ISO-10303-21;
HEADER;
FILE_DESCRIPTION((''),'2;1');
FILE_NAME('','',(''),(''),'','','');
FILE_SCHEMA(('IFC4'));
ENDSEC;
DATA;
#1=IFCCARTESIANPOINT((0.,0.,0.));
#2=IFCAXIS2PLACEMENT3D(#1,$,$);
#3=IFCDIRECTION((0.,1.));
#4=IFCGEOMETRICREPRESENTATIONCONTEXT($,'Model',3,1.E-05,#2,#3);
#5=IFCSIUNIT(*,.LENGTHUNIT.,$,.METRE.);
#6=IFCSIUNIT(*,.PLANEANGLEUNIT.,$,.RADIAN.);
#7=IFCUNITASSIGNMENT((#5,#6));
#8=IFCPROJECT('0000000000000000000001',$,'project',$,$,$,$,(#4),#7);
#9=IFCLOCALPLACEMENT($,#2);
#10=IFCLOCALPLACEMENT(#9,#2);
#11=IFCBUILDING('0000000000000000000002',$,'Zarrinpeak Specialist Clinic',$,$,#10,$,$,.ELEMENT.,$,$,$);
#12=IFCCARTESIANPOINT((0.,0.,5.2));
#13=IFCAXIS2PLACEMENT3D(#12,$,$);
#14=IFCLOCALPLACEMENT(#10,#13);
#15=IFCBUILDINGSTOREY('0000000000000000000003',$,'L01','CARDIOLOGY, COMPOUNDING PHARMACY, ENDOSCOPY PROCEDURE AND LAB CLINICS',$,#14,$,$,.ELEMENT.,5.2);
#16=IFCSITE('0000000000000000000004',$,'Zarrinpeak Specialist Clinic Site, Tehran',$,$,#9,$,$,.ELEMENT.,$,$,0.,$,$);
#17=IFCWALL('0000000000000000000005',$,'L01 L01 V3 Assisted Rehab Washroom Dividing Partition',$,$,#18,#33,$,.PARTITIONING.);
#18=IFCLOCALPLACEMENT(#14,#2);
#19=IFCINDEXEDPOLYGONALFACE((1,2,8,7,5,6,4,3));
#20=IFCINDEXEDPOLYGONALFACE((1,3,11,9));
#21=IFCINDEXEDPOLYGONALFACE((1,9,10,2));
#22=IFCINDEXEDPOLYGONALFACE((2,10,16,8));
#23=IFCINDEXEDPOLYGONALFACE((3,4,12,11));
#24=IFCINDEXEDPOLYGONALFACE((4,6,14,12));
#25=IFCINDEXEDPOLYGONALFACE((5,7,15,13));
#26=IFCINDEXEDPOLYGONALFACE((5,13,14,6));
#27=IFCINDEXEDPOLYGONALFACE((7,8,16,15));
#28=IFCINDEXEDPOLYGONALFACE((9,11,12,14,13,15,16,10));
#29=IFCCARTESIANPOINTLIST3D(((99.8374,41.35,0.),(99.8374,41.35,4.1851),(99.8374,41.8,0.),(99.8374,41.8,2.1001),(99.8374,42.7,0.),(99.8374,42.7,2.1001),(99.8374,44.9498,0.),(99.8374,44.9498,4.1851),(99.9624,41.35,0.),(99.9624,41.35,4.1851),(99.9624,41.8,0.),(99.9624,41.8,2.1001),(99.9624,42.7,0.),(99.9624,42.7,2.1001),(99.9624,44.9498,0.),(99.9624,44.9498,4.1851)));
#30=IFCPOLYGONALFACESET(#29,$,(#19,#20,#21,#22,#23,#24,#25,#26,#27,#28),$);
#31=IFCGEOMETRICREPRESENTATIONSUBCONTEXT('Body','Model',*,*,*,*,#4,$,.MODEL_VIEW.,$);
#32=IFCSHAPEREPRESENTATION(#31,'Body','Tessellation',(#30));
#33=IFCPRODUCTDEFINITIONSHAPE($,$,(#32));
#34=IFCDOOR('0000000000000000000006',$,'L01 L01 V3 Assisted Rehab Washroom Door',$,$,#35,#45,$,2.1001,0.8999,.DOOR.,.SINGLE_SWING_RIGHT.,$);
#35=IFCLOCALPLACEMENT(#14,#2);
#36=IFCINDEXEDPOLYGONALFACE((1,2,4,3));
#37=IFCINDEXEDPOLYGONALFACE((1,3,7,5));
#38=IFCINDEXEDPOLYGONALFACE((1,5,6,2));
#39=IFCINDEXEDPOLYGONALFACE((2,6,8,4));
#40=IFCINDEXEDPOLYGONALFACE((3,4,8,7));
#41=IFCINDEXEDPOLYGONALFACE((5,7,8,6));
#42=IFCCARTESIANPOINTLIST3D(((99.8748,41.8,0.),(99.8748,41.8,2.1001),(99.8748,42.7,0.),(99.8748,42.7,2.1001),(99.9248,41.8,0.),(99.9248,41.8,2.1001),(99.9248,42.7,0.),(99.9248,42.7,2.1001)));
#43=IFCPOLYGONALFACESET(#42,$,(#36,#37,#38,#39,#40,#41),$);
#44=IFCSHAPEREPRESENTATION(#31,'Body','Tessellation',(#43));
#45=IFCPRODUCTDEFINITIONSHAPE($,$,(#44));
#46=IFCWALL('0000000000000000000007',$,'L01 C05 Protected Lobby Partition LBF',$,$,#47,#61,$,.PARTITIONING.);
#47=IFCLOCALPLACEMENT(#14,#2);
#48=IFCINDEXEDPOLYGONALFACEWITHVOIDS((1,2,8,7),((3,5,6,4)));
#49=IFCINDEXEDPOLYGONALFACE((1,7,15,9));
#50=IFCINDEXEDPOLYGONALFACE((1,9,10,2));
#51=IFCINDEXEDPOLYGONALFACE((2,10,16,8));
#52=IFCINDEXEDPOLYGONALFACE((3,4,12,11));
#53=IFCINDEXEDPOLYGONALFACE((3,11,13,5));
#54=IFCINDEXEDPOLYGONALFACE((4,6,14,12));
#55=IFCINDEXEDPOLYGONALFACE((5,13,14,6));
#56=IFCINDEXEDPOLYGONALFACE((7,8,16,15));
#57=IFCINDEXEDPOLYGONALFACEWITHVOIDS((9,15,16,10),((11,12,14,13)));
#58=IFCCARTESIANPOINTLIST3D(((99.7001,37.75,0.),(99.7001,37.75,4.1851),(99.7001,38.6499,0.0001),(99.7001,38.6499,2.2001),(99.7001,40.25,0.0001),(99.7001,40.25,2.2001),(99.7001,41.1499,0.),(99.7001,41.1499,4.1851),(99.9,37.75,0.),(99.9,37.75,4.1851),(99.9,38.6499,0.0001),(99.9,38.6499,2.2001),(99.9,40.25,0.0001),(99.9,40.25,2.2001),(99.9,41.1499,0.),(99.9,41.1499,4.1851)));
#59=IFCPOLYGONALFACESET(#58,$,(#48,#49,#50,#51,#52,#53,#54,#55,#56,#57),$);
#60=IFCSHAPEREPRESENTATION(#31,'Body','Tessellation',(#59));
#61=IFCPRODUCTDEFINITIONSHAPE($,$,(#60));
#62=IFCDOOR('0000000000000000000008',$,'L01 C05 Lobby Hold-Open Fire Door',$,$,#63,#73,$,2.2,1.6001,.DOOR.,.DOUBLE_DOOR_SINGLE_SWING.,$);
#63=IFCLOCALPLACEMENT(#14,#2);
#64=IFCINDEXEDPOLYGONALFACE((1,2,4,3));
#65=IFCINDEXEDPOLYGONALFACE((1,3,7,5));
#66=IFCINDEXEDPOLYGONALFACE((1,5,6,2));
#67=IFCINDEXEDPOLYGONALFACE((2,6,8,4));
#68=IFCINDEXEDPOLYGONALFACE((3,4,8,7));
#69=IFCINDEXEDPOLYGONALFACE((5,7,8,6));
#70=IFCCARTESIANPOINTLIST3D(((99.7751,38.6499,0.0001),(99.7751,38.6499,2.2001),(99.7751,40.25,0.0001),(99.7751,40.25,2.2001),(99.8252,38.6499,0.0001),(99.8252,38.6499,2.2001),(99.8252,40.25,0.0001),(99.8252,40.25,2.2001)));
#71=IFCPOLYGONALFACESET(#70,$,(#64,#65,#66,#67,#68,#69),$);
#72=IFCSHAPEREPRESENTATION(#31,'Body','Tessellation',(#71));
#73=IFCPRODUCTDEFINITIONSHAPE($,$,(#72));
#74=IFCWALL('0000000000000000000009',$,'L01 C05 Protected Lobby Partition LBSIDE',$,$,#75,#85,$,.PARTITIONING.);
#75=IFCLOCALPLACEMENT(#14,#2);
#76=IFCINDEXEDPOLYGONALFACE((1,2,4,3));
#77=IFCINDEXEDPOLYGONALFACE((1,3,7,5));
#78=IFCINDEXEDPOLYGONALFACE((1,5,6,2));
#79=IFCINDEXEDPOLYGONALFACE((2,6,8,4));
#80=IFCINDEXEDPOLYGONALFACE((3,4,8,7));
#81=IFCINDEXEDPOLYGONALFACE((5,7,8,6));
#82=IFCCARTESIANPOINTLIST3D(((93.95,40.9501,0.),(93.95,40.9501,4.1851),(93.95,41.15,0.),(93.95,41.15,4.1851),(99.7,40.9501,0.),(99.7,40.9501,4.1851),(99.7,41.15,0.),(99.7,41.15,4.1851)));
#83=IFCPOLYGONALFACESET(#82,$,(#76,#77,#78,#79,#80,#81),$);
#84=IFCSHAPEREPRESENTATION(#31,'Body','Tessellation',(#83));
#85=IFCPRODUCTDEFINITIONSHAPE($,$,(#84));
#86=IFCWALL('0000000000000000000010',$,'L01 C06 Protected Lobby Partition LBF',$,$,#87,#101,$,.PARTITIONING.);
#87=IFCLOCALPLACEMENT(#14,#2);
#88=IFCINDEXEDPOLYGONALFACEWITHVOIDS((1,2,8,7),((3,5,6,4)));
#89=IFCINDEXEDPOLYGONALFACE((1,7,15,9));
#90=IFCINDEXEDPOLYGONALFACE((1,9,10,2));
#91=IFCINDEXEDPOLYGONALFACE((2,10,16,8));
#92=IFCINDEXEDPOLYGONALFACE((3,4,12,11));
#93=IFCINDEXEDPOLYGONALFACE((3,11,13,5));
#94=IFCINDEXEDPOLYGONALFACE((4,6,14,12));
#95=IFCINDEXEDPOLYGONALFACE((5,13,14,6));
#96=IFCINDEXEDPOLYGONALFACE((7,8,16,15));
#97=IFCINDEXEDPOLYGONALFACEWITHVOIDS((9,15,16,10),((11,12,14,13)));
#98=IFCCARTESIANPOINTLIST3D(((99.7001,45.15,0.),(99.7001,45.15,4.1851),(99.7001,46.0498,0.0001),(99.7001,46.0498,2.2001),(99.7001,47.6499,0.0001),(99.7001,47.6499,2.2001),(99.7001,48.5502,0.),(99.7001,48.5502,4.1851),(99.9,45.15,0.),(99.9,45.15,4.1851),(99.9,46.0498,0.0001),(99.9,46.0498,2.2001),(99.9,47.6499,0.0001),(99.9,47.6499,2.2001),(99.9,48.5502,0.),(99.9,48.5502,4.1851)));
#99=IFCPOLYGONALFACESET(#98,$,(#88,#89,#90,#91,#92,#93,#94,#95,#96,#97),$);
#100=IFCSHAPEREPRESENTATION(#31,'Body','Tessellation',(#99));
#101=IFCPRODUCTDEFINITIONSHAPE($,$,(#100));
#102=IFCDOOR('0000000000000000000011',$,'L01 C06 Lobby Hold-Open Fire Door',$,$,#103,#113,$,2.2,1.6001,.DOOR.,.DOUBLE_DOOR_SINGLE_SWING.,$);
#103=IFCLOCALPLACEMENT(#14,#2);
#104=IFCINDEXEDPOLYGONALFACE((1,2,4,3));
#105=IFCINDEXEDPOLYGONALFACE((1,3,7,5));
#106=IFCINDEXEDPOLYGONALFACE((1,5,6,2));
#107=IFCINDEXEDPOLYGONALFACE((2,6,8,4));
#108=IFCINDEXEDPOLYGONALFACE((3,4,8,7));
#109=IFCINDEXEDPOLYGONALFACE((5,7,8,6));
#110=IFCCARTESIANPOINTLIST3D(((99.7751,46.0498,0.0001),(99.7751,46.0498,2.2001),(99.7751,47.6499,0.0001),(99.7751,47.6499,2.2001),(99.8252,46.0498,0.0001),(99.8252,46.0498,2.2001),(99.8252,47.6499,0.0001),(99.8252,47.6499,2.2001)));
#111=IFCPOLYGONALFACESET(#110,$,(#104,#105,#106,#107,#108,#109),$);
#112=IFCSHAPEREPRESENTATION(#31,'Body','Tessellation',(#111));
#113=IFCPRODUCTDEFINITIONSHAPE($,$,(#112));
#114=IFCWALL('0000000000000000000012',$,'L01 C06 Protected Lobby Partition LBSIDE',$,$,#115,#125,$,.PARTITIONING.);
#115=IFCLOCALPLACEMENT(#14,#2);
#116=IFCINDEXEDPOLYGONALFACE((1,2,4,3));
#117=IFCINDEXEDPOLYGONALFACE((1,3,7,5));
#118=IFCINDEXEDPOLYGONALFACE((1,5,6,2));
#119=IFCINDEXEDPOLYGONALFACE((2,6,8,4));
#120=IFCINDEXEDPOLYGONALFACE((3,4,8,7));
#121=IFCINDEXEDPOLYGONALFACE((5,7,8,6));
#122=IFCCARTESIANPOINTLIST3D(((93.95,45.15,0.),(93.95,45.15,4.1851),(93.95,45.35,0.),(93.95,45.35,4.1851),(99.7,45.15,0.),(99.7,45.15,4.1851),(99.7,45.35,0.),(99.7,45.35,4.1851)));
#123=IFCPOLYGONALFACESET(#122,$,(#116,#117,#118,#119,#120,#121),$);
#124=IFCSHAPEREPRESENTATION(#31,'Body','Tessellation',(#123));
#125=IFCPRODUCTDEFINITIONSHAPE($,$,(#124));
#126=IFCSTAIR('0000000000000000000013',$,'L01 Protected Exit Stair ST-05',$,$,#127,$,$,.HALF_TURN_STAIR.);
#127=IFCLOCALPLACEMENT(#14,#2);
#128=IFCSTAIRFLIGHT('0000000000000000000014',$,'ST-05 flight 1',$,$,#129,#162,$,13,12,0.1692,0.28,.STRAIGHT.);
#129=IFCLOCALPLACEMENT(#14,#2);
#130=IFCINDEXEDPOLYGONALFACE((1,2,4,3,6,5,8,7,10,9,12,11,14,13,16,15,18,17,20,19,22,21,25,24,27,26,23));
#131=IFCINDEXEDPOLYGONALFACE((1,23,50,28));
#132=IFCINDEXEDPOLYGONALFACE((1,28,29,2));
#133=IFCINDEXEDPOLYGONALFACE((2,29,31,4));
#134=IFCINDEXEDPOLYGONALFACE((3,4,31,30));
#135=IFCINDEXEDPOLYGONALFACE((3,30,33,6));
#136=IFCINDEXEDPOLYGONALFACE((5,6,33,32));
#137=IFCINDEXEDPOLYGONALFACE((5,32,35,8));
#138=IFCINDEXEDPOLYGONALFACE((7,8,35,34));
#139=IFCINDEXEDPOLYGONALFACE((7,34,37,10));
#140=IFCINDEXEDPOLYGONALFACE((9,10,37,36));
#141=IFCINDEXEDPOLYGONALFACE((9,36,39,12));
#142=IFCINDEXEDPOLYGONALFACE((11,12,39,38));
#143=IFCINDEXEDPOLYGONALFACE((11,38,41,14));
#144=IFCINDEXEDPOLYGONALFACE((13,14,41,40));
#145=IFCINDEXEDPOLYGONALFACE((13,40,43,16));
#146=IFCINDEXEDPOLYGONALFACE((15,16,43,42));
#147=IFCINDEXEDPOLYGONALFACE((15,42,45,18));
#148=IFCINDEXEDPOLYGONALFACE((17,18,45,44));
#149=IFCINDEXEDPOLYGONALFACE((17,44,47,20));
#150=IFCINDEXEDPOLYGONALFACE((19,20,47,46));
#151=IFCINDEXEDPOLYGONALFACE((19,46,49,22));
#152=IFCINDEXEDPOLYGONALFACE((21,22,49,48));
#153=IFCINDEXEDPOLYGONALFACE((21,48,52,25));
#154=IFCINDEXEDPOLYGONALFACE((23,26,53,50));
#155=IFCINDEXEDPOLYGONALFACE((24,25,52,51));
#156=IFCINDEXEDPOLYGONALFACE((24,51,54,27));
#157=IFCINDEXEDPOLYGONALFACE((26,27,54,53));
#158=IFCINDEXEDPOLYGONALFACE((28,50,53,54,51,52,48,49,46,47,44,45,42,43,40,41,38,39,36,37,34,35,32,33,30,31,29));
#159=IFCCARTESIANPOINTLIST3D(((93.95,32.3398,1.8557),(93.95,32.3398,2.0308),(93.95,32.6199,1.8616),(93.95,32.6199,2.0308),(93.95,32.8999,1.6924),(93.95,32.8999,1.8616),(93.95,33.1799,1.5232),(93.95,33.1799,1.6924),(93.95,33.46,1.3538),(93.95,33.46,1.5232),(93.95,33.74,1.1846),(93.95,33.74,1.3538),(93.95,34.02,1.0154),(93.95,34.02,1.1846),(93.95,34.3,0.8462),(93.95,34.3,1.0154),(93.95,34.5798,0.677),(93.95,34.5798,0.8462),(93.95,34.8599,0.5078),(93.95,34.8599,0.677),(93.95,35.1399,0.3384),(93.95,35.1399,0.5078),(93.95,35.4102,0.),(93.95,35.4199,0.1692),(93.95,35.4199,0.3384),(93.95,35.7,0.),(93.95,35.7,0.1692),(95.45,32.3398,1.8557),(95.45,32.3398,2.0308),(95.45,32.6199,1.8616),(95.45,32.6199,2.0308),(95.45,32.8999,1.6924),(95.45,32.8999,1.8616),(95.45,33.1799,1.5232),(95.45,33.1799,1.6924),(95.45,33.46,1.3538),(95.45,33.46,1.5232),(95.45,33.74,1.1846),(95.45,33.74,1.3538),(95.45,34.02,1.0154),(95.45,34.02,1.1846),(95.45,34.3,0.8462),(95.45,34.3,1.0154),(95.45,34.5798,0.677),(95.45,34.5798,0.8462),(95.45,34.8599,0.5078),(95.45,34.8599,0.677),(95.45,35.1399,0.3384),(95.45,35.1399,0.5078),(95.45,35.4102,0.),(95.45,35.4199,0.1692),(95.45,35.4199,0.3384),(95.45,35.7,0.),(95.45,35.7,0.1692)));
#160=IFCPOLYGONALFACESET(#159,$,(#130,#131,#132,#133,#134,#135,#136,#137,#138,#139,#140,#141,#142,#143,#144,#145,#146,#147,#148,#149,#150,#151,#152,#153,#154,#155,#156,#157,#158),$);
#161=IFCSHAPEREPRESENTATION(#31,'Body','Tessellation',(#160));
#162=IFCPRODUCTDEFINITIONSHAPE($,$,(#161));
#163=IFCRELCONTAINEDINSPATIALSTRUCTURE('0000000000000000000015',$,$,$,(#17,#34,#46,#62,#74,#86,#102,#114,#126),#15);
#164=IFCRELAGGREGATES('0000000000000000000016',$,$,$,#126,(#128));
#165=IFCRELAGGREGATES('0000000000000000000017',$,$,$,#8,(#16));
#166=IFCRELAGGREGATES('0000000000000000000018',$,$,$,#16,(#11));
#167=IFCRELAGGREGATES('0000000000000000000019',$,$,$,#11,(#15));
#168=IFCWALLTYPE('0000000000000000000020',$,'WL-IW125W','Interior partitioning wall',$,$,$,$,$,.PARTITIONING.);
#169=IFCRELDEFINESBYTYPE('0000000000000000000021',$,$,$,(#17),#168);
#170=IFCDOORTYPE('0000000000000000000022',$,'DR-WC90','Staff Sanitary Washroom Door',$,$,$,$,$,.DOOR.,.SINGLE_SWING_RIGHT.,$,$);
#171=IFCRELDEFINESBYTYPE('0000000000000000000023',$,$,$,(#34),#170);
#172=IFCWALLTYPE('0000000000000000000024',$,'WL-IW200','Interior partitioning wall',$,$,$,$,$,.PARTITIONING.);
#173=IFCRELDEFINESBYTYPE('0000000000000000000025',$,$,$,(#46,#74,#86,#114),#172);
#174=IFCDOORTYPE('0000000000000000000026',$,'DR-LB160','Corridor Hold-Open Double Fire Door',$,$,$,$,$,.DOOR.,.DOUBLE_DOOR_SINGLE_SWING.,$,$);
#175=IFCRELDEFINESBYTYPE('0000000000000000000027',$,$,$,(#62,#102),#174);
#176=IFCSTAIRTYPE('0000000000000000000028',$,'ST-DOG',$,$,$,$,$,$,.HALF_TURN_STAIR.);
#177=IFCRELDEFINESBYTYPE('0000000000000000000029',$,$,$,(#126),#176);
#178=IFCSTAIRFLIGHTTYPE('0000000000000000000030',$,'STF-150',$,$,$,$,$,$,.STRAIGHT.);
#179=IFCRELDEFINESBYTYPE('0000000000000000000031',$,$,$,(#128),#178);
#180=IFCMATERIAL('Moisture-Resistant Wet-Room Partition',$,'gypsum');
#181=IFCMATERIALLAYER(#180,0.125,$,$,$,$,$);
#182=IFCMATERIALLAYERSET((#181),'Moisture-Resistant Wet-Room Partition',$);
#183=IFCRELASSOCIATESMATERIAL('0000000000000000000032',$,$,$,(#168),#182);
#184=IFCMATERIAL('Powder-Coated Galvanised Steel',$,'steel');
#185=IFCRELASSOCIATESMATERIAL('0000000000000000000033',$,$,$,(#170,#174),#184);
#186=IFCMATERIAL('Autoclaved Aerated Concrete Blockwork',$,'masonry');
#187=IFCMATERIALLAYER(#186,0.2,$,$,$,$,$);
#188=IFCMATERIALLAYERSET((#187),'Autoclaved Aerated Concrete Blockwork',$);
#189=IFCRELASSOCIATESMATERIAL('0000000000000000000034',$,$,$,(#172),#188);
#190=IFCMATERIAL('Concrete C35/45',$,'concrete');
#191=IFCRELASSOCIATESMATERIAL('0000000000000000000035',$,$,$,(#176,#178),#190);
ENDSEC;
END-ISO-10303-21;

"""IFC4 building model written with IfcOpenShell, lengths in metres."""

from ifc_helpers import new_model, si_unit, direction, frame, frame_2d, origin, place, context, subcontext, project, spatial, polyline, rectangle, outline, extrude, material, layer, layer_set, type_object, element, fill, aggregate, save


model = new_model("IFC4")

# Units and contexts
model_context = context("Model", 3, precision=1e-05, world=origin(), true_north=direction((0.0, 1.0)))
body_context = subcontext(model_context, "Body", "Model", "MODEL_VIEW")
ifc_project = project(units=[si_unit("LENGTHUNIT", "METRE"), si_unit("PLANEANGLEUNIT", "RADIAN")], contexts=[model_context])

# Site, building, storey
site_placement = place(None, origin())
site = spatial("IfcSite", under=ifc_project, at=site_placement, Name="Zarrinpeak Specialist Clinic Site, Tehran", CompositionType="ELEMENT", RefElevation=0.0)
building_placement = place(site_placement, origin())
building = spatial("IfcBuilding", under=site, at=building_placement, Name="Zarrinpeak Specialist Clinic", CompositionType="ELEMENT")
storey_placement = place(building_placement, frame((0.0, 0.0, 5.2)))
storey = spatial("IfcBuildingStorey", under=building, at=storey_placement, Name="L01", Description="CARDIOLOGY, COMPOUNDING PHARMACY, ENDOSCOPY PROCEDURE AND LAB CLINICS", CompositionType="ELEMENT", Elevation=5.2)

# Shared definitions
ifc_material_1 = material(Name="Powder-Coated Galvanised Steel", Category="steel")

# Shared definitions
ifc_material_2 = material(Name="Moisture-Resistant Wet-Room Partition", Category="gypsum")
ifc_layer_1 = layer(ifc_material_2, 0.125)
ifc_layer_set_1 = layer_set([ifc_layer_1], Name="Moisture-Resistant Wet-Room Partition")
wall_type_1 = type_object("IfcWallType", Name="WL-IW125W", Description="Interior partitioning wall", PredefinedType="PARTITIONING", material=ifc_layer_set_1)

# Walls, openings, doors
wall_1_placement = place(storey_placement, frame((99.8999, 41.3501, 0.0), z_axis=(0.0, 0.0, 1.0), x_axis=(0.0, 1.0, 0.0)))
wall_1 = element("IfcWall", 1, at=wall_1_placement, inside=storey, type_object=wall_type_1, Name="L01 L01 V3 Assisted Rehab Washroom Dividing Partition", PredefinedType="PARTITIONING", context=body_context, shape_type="SweptSolid", body=[
    extrude(rectangle(XDim=3.5999, YDim=0.125, at=frame_2d((1.7998, 0.0))), origin(), (0.0, 0.0, 1.0), 4.1851),
])
opening_1_placement = place(wall_1_placement, frame((0.45, 0.0, 0.0)))
opening_1 = element("IfcOpeningElement", 2, at=opening_1_placement, cuts=wall_1, PredefinedType="OPENING", context=body_context, shape_type="SweptSolid", body=[
    extrude(rectangle(XDim=0.8999, YDim=2.1001, at=frame_2d((0.45, 1.05))), frame((0.0, 0.0725, 0.0), z_axis=(0.0, -1.0, 0.0), x_axis=(1.0, 0.0, 0.0)), (0.0, 0.0, 1.0), 0.145),
])
door_type_1 = type_object("IfcDoorType", Name="DR-WC90", Description="Staff Sanitary Washroom Door", OperationType="SINGLE_SWING_RIGHT", PredefinedType="DOOR", material=ifc_material_1)
door_1_placement = place(opening_1_placement, frame((0.8999, 0.0, 0.0), z_axis=(0.0, 0.0, 1.0), x_axis=(-1.0, 0.0, 0.0)))
door_1 = element("IfcDoor", 3, at=door_1_placement, inside=storey, type_object=door_type_1, Name="L01 L01 V3 Assisted Rehab Washroom Door", OperationType="SINGLE_SWING_RIGHT", OverallHeight=2.1001, OverallWidth=0.8999, PredefinedType="DOOR", context=body_context, shape_type="SweptSolid", body=[
    extrude(rectangle(XDim=0.8999, YDim=2.1001, at=frame_2d((0.45, 1.05))), frame((0.0, 0.0249, 0.0), z_axis=(0.0, -1.0, 0.0), x_axis=(1.0, 0.0, 0.0)), (0.0, 0.0, 1.0), 0.05),
])
fill(opening_1, door_1)
ifc_material_3 = material(Name="Autoclaved Aerated Concrete Blockwork", Category="masonry")
ifc_layer_2 = layer(ifc_material_3, 0.2)
ifc_layer_set_2 = layer_set([ifc_layer_2], Name="Autoclaved Aerated Concrete Blockwork")
wall_type_2 = type_object("IfcWallType", Name="WL-IW200", Description="Interior partitioning wall", PredefinedType="PARTITIONING", material=ifc_layer_set_2)
wall_2_placement = place(storey_placement, frame((99.8, 37.75, 0.0), z_axis=(0.0, 0.0, 1.0), x_axis=(0.0, 1.0, 0.0)))
wall_2 = element("IfcWall", 4, at=wall_2_placement, inside=storey, type_object=wall_type_2, Name="L01 C05 Protected Lobby Partition LBF", PredefinedType="PARTITIONING", context=body_context, shape_type="SweptSolid", body=[
    extrude(rectangle(XDim=3.3999, YDim=0.2, at=frame_2d((1.7, 0.0))), origin(), (0.0, 0.0, 1.0), 4.1851),
])
opening_2_placement = place(wall_2_placement, frame((0.8999, 0.0, 0.0)))
opening_2 = element("IfcOpeningElement", 5, at=opening_2_placement, cuts=wall_2, PredefinedType="OPENING", context=body_context, shape_type="SweptSolid", body=[
    extrude(rectangle(XDim=1.6001, YDim=2.2, at=frame_2d((0.8, 1.1001))), frame((0.0, 0.1099, 0.0), z_axis=(0.0, -1.0, 0.0), x_axis=(1.0, 0.0, 0.0)), (0.0, 0.0, 1.0), 0.22),
])
door_type_2 = type_object("IfcDoorType", Name="DR-LB160", Description="Corridor Hold-Open Double Fire Door", OperationType="DOUBLE_DOOR_SINGLE_SWING", PredefinedType="DOOR", material=ifc_material_1)
door_2_placement = place(opening_2_placement, origin())
door_2 = element("IfcDoor", 6, at=door_2_placement, inside=storey, type_object=door_type_2, Name="L01 C05 Lobby Hold-Open Fire Door", OperationType="DOUBLE_DOOR_SINGLE_SWING", OverallHeight=2.2, OverallWidth=1.6001, PredefinedType="DOOR", context=body_context, shape_type="SweptSolid", body=[
    extrude(rectangle(XDim=1.6001, YDim=2.2, at=frame_2d((0.8, 1.1001))), frame((0.0, 0.0249, 0.0), z_axis=(0.0, -1.0, 0.0), x_axis=(1.0, 0.0, 0.0)), (0.0, 0.0, 1.0), 0.05),
])
fill(opening_2, door_2)

# Wall
wall_3_placement = place(storey_placement, frame((93.95, 41.05, 0.0), z_axis=(0.0, 0.0, 1.0), x_axis=(1.0, 0.0, 0.0)))
element("IfcWall", 7, at=wall_3_placement, inside=storey, type_object=wall_type_2, Name="L01 C05 Protected Lobby Partition LBSIDE", PredefinedType="PARTITIONING", context=body_context, shape_type="SweptSolid", body=[
    extrude(rectangle(XDim=5.75, YDim=0.2, at=frame_2d((2.875, 0.0))), origin(), (0.0, 0.0, 1.0), 4.1851),
])

# Wall, opening, door
wall_4_placement = place(storey_placement, frame((99.8, 45.1499, 0.0), z_axis=(0.0, 0.0, 1.0), x_axis=(0.0, 1.0, 0.0)))
wall_4 = element("IfcWall", 8, at=wall_4_placement, inside=storey, type_object=wall_type_2, Name="L01 C06 Protected Lobby Partition LBF", PredefinedType="PARTITIONING", context=body_context, shape_type="SweptSolid", body=[
    extrude(rectangle(XDim=3.4001, YDim=0.2, at=frame_2d((1.7002, 0.0))), origin(), (0.0, 0.0, 1.0), 4.1851),
])
opening_3_placement = place(wall_4_placement, frame((0.8999, 0.0, 0.0)))
opening_3 = element("IfcOpeningElement", 9, at=opening_3_placement, cuts=wall_4, PredefinedType="OPENING", context=body_context, shape_type="SweptSolid", body=[
    extrude(rectangle(XDim=1.6001, YDim=2.2, at=frame_2d((0.8, 1.1001))), frame((0.0, 0.1099, 0.0), z_axis=(0.0, -1.0, 0.0), x_axis=(1.0, 0.0, 0.0)), (0.0, 0.0, 1.0), 0.22),
])
door_3_placement = place(opening_3_placement, origin())
door_3 = element("IfcDoor", 10, at=door_3_placement, inside=storey, type_object=door_type_2, Name="L01 C06 Lobby Hold-Open Fire Door", OperationType="DOUBLE_DOOR_SINGLE_SWING", OverallHeight=2.2, OverallWidth=1.6001, PredefinedType="DOOR", context=body_context, shape_type="SweptSolid", body=[
    extrude(rectangle(XDim=1.6001, YDim=2.2, at=frame_2d((0.8, 1.1001))), frame((0.0, 0.0249, 0.0), z_axis=(0.0, -1.0, 0.0), x_axis=(1.0, 0.0, 0.0)), (0.0, 0.0, 1.0), 0.05),
])
fill(opening_3, door_3)

# Wall
wall_5_placement = place(storey_placement, frame((93.95, 45.25, 0.0), z_axis=(0.0, 0.0, 1.0), x_axis=(1.0, 0.0, 0.0)))
element("IfcWall", 11, at=wall_5_placement, inside=storey, type_object=wall_type_2, Name="L01 C06 Protected Lobby Partition LBSIDE", PredefinedType="PARTITIONING", context=body_context, shape_type="SweptSolid", body=[
    extrude(rectangle(XDim=5.75, YDim=0.2, at=frame_2d((2.875, 0.0))), origin(), (0.0, 0.0, 1.0), 4.1851),
])

# Stair, stair flight
ifc_material_4 = material(Name="Concrete C35/45", Category="concrete")
stair_type = type_object("IfcStairType", Name="ST-DOG", PredefinedType="HALF_TURN_STAIR", material=ifc_material_4)
stair_placement = place(storey_placement, origin())
stair = element("IfcStair", 12, at=stair_placement, inside=storey, type_object=stair_type, Name="L01 Protected Exit Stair ST-05", PredefinedType="HALF_TURN_STAIR")
stair_flight_type = type_object("IfcStairFlightType", Name="STF-150", PredefinedType="STRAIGHT", material=ifc_material_4)
stair_flight_placement = place(storey_placement, frame((94.7, 35.7, 0.0), z_axis=(0.0, 0.0, 1.0), x_axis=(0.0, -1.0, 0.0)))
stair_flight = element("IfcStairFlight", 13, at=stair_flight_placement, type_object=stair_flight_type, Name="ST-05 flight 1", NumberOfRisers=13, NumberOfTreads=12, PredefinedType="STRAIGHT", RiserHeight=0.1692, TreadLength=0.28, context=body_context, shape_type="SweptSolid", body=[
    extrude(outline(polyline([(0.0, 0.0), (0.0, 0.1692), (0.28, 0.1692), (0.28, 0.3384), (0.5601, 0.3384), (0.5601, 0.5078), (0.8401, 0.5078), (0.8401, 0.677), (1.1201, 0.677), (1.1201, 0.8462), (1.3999, 0.8462), (1.3999, 1.0154), (1.6799, 1.0154), (1.6799, 1.1846), (1.96, 1.1846), (1.96, 1.3538), (2.24, 1.3538), (2.24, 1.5232), (2.52, 1.5232), (2.52, 1.6924), (2.8, 1.6924), (2.8, 1.8616), (3.0801, 1.8616), (3.0801, 2.0308), (3.3601, 2.0308), (3.3601, 2.2), (3.3601, 1.8557), (0.2898, 0.0), (0.0, 0.0)])), frame((0.0, 0.75, 0.0), z_axis=(0.0, -1.0, 0.0), x_axis=(1.0, 0.0, 0.0)), (0.0, 0.0, 1.0), 1.5),
])
aggregate(stair, [stair_flight])

save(model, "model.ifc")
